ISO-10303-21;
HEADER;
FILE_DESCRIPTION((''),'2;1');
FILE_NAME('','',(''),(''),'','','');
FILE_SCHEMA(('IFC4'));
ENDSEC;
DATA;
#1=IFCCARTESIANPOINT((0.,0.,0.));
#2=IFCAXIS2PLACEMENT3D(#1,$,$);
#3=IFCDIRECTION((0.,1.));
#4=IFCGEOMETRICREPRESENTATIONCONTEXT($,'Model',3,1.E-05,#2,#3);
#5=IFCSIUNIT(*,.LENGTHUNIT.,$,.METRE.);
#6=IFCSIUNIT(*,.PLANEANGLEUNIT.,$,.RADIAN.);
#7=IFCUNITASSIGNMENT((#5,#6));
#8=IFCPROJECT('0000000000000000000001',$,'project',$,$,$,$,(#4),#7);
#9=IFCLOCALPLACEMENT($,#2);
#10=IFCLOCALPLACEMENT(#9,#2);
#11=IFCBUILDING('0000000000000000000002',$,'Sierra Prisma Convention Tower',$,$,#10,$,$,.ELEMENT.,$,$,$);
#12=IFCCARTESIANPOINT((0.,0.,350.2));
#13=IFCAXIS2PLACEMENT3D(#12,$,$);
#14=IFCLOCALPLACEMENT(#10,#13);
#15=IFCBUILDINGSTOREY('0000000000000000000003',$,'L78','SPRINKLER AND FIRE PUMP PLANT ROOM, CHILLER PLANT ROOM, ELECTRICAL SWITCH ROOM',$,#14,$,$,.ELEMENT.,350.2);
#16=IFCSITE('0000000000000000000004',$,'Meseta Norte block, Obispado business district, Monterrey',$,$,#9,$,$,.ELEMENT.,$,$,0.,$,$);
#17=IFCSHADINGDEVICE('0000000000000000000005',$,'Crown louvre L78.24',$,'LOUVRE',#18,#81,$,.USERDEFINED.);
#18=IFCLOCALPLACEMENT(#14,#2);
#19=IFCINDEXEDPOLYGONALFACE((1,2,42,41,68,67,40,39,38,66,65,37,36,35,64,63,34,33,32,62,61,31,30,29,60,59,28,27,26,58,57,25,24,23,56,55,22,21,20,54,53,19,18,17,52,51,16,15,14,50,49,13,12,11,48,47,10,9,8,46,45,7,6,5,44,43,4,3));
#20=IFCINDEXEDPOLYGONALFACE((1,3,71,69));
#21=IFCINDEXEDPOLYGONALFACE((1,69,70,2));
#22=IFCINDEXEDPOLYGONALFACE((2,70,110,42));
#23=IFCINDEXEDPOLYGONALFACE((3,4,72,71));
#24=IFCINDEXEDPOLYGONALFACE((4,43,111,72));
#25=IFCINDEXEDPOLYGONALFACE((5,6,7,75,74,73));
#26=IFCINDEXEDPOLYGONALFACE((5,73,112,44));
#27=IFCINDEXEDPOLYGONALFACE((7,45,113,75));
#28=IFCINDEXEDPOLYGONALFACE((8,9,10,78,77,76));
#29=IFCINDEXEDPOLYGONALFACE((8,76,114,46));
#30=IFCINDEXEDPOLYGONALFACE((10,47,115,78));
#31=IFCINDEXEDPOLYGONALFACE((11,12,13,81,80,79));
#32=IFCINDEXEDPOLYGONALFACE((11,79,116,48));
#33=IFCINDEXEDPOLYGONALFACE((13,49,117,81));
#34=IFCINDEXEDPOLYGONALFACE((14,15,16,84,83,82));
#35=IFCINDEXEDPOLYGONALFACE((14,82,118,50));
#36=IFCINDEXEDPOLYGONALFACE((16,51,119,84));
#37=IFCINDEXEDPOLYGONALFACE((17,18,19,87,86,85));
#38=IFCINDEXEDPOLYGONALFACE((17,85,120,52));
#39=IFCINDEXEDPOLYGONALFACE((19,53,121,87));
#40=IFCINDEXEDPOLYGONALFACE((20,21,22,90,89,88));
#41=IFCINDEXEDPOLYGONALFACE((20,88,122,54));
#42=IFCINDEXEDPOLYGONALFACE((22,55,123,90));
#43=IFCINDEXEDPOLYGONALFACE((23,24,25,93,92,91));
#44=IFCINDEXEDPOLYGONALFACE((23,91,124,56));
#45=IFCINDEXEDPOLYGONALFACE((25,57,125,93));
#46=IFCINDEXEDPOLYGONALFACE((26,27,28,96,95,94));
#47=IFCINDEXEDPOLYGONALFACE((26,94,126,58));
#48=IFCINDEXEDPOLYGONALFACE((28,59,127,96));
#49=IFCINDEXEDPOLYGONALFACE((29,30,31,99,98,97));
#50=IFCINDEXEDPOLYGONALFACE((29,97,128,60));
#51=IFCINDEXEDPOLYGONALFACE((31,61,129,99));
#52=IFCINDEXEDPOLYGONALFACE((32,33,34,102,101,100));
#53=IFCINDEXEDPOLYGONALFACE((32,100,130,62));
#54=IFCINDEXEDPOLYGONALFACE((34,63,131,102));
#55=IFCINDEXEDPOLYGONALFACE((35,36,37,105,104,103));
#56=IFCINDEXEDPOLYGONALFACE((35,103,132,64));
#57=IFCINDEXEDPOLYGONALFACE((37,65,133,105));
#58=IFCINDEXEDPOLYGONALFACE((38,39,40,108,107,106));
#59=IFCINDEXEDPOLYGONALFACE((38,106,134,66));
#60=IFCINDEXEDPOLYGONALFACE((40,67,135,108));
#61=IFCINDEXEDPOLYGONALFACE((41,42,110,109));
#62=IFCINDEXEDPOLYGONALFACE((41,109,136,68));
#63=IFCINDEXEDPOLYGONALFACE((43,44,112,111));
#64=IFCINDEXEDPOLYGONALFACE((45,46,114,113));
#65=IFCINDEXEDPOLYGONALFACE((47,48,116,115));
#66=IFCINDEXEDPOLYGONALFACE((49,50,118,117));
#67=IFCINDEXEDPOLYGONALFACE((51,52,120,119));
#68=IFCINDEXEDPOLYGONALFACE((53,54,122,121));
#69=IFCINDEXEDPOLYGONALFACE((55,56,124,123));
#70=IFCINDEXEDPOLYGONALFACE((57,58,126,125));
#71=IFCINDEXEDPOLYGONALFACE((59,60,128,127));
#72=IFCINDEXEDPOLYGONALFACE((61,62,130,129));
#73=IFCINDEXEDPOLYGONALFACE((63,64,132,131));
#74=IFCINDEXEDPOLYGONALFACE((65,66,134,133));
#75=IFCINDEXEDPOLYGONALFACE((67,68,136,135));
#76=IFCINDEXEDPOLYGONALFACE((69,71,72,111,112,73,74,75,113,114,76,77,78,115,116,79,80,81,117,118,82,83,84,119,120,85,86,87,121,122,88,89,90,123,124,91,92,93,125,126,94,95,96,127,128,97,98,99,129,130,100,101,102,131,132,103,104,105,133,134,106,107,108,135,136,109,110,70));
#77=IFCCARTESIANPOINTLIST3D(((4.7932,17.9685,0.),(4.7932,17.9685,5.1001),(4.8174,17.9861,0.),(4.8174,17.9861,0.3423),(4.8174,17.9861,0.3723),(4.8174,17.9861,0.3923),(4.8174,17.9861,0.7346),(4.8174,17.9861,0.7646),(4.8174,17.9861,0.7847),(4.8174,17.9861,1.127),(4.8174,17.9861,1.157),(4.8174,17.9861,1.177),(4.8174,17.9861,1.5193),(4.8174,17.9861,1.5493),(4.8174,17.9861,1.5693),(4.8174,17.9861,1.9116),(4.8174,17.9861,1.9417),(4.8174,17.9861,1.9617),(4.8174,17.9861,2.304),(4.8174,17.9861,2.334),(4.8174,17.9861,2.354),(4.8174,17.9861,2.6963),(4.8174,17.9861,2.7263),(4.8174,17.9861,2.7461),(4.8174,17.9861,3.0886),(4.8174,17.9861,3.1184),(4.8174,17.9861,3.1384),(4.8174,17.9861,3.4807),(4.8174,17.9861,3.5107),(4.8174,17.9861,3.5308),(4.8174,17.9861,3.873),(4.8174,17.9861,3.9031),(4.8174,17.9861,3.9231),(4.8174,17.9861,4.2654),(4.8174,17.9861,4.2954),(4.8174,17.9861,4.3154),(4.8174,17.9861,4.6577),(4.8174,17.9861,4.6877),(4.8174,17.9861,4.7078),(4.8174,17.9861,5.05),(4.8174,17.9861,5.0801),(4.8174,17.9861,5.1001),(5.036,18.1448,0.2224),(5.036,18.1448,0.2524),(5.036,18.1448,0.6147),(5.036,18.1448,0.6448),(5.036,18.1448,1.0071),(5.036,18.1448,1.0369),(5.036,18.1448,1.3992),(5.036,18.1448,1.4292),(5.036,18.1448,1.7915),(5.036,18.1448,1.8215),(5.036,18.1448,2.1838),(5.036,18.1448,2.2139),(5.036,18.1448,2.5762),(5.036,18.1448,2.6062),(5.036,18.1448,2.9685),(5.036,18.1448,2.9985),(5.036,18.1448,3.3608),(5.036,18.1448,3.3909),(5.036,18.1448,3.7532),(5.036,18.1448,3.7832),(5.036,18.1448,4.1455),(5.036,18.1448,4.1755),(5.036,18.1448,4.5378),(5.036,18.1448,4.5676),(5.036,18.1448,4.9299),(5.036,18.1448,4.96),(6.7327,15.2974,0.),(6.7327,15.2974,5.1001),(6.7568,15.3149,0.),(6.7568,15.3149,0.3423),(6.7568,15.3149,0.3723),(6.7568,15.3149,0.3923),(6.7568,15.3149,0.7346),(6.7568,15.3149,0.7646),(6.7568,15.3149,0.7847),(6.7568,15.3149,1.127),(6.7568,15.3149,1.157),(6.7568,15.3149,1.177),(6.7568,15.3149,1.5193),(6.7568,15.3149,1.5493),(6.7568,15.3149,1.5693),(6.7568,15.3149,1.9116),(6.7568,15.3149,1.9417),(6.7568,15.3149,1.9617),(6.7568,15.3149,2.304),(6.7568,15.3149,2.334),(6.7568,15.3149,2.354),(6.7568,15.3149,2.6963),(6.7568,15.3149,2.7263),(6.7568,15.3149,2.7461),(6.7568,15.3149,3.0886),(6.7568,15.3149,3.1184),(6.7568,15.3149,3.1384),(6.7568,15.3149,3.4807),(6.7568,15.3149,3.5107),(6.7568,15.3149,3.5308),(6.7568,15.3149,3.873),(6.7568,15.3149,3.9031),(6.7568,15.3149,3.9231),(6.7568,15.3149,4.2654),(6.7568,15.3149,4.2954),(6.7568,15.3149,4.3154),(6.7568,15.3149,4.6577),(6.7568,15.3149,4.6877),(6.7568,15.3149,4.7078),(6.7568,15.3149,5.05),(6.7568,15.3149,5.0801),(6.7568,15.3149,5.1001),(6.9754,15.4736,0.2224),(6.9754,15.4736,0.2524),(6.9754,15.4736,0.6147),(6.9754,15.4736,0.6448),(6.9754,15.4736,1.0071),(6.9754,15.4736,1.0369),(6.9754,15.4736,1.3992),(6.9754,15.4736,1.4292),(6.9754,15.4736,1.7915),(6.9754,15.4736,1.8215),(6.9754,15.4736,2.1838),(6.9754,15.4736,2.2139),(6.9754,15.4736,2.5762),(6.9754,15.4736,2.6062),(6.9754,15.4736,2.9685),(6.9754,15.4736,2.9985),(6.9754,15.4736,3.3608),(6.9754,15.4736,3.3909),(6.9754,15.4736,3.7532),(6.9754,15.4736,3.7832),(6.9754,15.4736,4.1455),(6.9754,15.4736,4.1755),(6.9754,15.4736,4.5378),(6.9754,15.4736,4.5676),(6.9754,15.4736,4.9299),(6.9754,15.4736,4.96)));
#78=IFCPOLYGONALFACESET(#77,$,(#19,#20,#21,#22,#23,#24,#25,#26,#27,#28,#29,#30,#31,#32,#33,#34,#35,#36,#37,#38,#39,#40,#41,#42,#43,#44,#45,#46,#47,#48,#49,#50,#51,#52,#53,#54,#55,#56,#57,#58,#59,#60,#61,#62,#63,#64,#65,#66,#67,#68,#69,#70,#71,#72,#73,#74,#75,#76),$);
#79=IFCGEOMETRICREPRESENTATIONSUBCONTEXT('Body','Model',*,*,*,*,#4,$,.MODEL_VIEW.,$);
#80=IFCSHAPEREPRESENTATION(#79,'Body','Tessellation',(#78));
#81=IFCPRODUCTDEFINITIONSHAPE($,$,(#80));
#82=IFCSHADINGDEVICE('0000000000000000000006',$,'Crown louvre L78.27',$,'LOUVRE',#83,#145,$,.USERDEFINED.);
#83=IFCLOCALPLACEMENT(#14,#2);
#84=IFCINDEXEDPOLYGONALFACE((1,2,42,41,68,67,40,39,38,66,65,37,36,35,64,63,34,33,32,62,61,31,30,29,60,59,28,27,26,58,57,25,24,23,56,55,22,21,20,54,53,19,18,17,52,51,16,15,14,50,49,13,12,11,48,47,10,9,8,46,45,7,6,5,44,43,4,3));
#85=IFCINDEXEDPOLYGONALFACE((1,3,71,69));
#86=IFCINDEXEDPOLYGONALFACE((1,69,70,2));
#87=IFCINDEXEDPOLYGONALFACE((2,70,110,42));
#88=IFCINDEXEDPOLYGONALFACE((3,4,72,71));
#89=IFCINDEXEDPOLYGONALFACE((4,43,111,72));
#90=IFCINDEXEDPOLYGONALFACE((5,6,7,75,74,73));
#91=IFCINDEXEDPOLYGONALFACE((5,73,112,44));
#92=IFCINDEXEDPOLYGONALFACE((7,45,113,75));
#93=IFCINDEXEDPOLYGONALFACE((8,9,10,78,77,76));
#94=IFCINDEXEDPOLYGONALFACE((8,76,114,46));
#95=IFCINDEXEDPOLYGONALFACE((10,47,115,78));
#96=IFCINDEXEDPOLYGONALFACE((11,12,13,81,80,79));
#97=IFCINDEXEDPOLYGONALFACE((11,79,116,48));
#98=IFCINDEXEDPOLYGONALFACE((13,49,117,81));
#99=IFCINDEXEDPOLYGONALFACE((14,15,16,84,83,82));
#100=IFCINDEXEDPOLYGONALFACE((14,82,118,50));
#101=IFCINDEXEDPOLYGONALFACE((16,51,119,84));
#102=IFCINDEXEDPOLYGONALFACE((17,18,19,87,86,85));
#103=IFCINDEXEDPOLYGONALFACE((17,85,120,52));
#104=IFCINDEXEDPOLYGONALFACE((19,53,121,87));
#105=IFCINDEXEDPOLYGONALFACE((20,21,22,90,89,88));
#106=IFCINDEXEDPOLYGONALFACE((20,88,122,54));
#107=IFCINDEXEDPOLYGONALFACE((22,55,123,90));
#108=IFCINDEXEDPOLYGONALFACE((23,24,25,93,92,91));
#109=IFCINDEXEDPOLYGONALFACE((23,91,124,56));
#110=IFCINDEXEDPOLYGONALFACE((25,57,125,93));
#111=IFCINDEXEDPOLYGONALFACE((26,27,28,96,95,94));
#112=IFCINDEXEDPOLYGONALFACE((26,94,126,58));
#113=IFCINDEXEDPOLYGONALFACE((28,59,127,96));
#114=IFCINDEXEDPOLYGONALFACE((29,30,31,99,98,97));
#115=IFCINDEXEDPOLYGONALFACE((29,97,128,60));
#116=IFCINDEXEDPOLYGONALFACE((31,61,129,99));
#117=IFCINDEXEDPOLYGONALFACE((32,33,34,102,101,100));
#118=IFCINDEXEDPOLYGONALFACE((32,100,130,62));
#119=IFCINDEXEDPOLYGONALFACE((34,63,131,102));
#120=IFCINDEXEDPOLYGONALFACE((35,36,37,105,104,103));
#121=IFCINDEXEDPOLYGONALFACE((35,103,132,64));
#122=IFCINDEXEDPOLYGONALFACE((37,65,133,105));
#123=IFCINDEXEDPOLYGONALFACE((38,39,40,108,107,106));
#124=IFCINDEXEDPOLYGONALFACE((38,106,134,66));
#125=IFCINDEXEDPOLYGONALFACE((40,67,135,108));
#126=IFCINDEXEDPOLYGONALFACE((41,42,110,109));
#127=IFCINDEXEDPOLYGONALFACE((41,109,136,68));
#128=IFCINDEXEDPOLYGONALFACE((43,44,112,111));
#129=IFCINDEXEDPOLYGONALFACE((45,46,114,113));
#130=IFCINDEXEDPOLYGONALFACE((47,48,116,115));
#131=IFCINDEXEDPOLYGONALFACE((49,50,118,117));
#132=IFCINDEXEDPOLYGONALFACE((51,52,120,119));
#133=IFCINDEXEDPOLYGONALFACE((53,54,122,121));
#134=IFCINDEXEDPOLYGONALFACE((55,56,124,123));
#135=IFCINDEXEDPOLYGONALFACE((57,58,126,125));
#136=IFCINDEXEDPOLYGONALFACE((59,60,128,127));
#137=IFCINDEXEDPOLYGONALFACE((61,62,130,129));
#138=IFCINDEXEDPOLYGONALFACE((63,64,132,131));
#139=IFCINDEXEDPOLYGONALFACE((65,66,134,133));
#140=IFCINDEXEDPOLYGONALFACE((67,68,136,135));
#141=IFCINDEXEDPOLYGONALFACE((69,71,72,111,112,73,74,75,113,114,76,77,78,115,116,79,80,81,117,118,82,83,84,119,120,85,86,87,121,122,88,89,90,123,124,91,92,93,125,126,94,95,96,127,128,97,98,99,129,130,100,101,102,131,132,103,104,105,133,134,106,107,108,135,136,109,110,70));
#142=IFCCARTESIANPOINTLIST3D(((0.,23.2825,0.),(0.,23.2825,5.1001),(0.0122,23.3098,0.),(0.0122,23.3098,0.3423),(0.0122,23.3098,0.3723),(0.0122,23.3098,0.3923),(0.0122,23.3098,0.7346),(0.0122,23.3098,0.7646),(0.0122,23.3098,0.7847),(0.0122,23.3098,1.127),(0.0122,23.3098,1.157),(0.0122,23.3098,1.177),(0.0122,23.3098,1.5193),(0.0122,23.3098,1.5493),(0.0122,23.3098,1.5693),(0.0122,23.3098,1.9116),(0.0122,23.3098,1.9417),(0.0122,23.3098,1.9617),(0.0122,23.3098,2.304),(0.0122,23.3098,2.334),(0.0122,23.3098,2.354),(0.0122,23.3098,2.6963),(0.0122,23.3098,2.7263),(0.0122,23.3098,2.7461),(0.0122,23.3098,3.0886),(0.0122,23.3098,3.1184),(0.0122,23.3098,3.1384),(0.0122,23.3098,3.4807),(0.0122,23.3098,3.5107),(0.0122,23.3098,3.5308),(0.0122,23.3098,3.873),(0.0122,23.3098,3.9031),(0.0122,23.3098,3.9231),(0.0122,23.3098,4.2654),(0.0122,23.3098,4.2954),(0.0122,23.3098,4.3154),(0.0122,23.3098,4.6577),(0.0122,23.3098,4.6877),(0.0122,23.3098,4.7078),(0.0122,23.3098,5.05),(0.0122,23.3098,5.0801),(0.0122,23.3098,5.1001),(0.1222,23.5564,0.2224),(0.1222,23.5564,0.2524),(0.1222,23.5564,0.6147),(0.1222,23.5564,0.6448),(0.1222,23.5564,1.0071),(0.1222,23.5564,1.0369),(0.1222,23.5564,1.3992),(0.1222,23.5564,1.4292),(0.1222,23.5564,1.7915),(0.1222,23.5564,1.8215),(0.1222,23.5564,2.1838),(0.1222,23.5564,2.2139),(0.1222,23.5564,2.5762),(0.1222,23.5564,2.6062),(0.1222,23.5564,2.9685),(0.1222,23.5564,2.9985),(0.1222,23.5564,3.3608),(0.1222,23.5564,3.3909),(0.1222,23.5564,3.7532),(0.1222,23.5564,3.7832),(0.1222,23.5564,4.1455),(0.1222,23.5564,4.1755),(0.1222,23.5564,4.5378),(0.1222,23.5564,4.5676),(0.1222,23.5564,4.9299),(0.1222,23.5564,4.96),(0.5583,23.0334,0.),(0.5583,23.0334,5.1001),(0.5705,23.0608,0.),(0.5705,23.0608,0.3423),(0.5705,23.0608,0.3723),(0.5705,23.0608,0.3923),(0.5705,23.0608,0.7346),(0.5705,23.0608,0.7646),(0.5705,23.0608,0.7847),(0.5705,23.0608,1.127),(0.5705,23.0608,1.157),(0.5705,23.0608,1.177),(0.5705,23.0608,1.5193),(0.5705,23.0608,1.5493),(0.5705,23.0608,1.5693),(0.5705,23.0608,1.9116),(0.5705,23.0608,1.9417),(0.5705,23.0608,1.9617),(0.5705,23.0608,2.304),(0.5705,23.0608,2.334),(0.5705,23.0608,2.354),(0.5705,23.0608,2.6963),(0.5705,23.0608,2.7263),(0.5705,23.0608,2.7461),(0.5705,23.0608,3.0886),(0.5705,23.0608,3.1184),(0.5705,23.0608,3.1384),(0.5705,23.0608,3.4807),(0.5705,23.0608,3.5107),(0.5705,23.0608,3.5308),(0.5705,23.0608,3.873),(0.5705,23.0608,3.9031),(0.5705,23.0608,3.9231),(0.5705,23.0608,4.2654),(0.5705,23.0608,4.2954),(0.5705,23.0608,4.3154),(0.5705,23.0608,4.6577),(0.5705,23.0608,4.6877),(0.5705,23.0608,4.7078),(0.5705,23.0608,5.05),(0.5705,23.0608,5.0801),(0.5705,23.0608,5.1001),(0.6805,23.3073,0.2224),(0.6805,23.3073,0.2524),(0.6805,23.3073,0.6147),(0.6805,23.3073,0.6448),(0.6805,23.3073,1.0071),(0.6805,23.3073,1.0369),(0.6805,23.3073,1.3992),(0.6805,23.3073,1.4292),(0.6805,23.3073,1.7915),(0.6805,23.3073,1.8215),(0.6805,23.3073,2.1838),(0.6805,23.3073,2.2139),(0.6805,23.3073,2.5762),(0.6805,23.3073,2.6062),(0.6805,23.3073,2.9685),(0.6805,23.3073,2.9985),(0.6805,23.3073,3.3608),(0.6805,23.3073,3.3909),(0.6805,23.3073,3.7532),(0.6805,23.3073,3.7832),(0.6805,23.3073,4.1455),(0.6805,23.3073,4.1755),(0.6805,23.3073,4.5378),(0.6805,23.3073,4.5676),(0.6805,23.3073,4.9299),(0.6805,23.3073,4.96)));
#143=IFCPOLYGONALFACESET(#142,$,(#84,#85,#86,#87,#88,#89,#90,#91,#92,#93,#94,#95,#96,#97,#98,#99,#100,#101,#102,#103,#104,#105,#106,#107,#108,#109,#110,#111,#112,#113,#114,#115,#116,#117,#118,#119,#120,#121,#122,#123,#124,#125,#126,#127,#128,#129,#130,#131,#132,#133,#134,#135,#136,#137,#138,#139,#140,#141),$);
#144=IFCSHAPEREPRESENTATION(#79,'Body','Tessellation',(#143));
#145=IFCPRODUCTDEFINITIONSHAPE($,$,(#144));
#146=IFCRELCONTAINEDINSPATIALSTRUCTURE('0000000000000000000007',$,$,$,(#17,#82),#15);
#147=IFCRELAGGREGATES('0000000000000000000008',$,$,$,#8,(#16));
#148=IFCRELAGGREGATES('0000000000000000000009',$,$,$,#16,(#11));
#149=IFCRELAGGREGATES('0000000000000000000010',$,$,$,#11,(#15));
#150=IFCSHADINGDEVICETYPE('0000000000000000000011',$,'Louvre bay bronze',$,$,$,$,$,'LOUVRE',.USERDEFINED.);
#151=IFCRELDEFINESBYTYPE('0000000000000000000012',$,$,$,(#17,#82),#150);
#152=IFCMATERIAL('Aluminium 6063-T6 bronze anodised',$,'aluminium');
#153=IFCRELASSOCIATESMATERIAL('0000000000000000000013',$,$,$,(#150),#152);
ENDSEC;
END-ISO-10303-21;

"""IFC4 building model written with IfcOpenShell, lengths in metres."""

from ifc_helpers import new_model, si_unit, direction, frame, origin, place, context, subcontext, project, spatial, polyline, outline, extrude, material, type_object, element, save


model = new_model("IFC4")

# Units and contexts
model_context = context("Model", 3, precision=1e-05, world=origin(), true_north=direction((0.0, 1.0)))
body_context = subcontext(model_context, "Body", "Model", "MODEL_VIEW")
ifc_project = project(units=[si_unit("LENGTHUNIT", "METRE"), si_unit("PLANEANGLEUNIT", "RADIAN")], contexts=[model_context])

# Site, building, storey
site_placement = place(None, origin())
site = spatial("IfcSite", under=ifc_project, at=site_placement, Name="Meseta Norte block, Obispado business district, Monterrey", CompositionType="ELEMENT", RefElevation=0.0)
building_placement = place(site_placement, origin())
building = spatial("IfcBuilding", under=site, at=building_placement, Name="Sierra Prisma Convention Tower", CompositionType="ELEMENT")
storey_placement = place(building_placement, frame((0.0, 0.0, 350.2)))
storey = spatial("IfcBuildingStorey", under=building, at=storey_placement, Name="L78", Description="SPRINKLER AND FIRE PUMP PLANT ROOM, CHILLER PLANT ROOM, ELECTRICAL SWITCH ROOM", CompositionType="ELEMENT", Elevation=350.2)

# Shading devices
ifc_material_1 = material(Name="Aluminium 6063-T6 bronze anodised", Category="aluminium")
shading_device_type = type_object("IfcShadingDeviceType", Name="Louvre bay bronze", ElementType="LOUVRE", PredefinedType="USERDEFINED", material=ifc_material_1)
shading_device_1_placement = place(storey_placement, frame((6.7327, 15.2974, 0.0), z_axis=(0.587535, -0.809199, 0.0), x_axis=(0.0, 0.0, 1.0)))
element("IfcShadingDevice", 1, at=shading_device_1_placement, inside=storey, type_object=shading_device_type, Name="Crown louvre L78.24", ObjectType="LOUVRE", PredefinedType="USERDEFINED", context=body_context, shape_type="SweptSolid", body=[
    extrude(outline(polyline([(0.0, 0.0), (5.1001, 0.0), (5.1001, -0.0299), (5.0801, -0.0299), (4.96, -0.3), (4.9299, -0.3), (5.05, -0.0299), (4.7078, -0.0299), (4.6877, -0.0299), (4.5676, -0.3), (4.5378, -0.3), (4.6577, -0.0299), (4.3154, -0.0299), (4.2954, -0.0299), (4.1755, -0.3), (4.1455, -0.3), (4.2654, -0.0299), (3.9231, -0.0299), (3.9031, -0.0299), (3.7832, -0.3), (3.7532, -0.3), (3.873, -0.0299), (3.5308, -0.0299), (3.5107, -0.0299), (3.3909, -0.3), (3.3608, -0.3), (3.4807, -0.0299), (3.1384, -0.0299), (3.1184, -0.0299), (2.9985, -0.3), (2.9685, -0.3), (3.0886, -0.0299), (2.7461, -0.0299), (2.7263, -0.0299), (2.6062, -0.3), (2.5762, -0.3), (2.6963, -0.0299), (2.354, -0.0299), (2.334, -0.0299), (2.2139, -0.3), (2.1838, -0.3), (2.304, -0.0299), (1.9617, -0.0299), (1.9417, -0.0299), (1.8215, -0.3), (1.7915, -0.3), (1.9116, -0.0299), (1.5693, -0.0299), (1.5493, -0.0299), (1.4292, -0.3), (1.3992, -0.3), (1.5193, -0.0299), (1.177, -0.0299), (1.157, -0.0299), (1.0369, -0.3), (1.0071, -0.3), (1.127, -0.0299), (0.7847, -0.0299), (0.7646, -0.0299), (0.6448, -0.3), (0.6147, -0.3), (0.7346, -0.0299), (0.3923, -0.0299), (0.3723, -0.0299), (0.2524, -0.3), (0.2224, -0.3), (0.3423, -0.0299), (0.0, -0.0299), (0.0, 0.0)])), origin(), (0.0, 0.0, -1.0), 3.301),
])
shading_device_2_placement = place(storey_placement, frame((0.5583, 23.0334, 0.0), z_axis=(0.91326, -0.407376, 0.0), x_axis=(0.0, 0.0, 1.0)))
element("IfcShadingDevice", 2, at=shading_device_2_placement, inside=storey, type_object=shading_device_type, Name="Crown louvre L78.27", ObjectType="LOUVRE", PredefinedType="USERDEFINED", context=body_context, shape_type="SweptSolid", body=[
    extrude(outline(polyline([(0.0, 0.0), (5.1001, 0.0), (5.1001, -0.0299), (5.0801, -0.0299), (4.96, -0.2999), (4.9299, -0.2999), (5.05, -0.0299), (4.7078, -0.0299), (4.6877, -0.0299), (4.5676, -0.2999), (4.5378, -0.2999), (4.6577, -0.0299), (4.3154, -0.0299), (4.2954, -0.0299), (4.1755, -0.2999), (4.1455, -0.2999), (4.2654, -0.0299), (3.9231, -0.0299), (3.9031, -0.0299), (3.7832, -0.2999), (3.7532, -0.2999), (3.873, -0.0299), (3.5308, -0.0299), (3.5107, -0.0299), (3.3909, -0.2999), (3.3608, -0.2999), (3.4807, -0.0299), (3.1384, -0.0299), (3.1184, -0.0299), (2.9985, -0.2999), (2.9685, -0.2999), (3.0886, -0.0299), (2.7461, -0.0299), (2.7263, -0.0299), (2.6062, -0.2999), (2.5762, -0.2999), (2.6963, -0.0299), (2.354, -0.0299), (2.334, -0.0299), (2.2139, -0.2999), (2.1838, -0.2999), (2.304, -0.0299), (1.9617, -0.0299), (1.9417, -0.0299), (1.8215, -0.2999), (1.7915, -0.2999), (1.9116, -0.0299), (1.5693, -0.0299), (1.5493, -0.0299), (1.4292, -0.2999), (1.3992, -0.2999), (1.5193, -0.0299), (1.177, -0.0299), (1.157, -0.0299), (1.0369, -0.2999), (1.0071, -0.2999), (1.127, -0.0299), (0.7847, -0.0299), (0.7646, -0.0299), (0.6448, -0.2999), (0.6147, -0.2999), (0.7346, -0.0299), (0.3923, -0.0299), (0.3723, -0.0299), (0.2524, -0.2999), (0.2224, -0.2999), (0.3423, -0.0299), (0.0, -0.0299), (0.0, 0.0)])), origin(), (0.0, 0.0, -1.0), 0.6113),
])

save(model, "model.ifc")
